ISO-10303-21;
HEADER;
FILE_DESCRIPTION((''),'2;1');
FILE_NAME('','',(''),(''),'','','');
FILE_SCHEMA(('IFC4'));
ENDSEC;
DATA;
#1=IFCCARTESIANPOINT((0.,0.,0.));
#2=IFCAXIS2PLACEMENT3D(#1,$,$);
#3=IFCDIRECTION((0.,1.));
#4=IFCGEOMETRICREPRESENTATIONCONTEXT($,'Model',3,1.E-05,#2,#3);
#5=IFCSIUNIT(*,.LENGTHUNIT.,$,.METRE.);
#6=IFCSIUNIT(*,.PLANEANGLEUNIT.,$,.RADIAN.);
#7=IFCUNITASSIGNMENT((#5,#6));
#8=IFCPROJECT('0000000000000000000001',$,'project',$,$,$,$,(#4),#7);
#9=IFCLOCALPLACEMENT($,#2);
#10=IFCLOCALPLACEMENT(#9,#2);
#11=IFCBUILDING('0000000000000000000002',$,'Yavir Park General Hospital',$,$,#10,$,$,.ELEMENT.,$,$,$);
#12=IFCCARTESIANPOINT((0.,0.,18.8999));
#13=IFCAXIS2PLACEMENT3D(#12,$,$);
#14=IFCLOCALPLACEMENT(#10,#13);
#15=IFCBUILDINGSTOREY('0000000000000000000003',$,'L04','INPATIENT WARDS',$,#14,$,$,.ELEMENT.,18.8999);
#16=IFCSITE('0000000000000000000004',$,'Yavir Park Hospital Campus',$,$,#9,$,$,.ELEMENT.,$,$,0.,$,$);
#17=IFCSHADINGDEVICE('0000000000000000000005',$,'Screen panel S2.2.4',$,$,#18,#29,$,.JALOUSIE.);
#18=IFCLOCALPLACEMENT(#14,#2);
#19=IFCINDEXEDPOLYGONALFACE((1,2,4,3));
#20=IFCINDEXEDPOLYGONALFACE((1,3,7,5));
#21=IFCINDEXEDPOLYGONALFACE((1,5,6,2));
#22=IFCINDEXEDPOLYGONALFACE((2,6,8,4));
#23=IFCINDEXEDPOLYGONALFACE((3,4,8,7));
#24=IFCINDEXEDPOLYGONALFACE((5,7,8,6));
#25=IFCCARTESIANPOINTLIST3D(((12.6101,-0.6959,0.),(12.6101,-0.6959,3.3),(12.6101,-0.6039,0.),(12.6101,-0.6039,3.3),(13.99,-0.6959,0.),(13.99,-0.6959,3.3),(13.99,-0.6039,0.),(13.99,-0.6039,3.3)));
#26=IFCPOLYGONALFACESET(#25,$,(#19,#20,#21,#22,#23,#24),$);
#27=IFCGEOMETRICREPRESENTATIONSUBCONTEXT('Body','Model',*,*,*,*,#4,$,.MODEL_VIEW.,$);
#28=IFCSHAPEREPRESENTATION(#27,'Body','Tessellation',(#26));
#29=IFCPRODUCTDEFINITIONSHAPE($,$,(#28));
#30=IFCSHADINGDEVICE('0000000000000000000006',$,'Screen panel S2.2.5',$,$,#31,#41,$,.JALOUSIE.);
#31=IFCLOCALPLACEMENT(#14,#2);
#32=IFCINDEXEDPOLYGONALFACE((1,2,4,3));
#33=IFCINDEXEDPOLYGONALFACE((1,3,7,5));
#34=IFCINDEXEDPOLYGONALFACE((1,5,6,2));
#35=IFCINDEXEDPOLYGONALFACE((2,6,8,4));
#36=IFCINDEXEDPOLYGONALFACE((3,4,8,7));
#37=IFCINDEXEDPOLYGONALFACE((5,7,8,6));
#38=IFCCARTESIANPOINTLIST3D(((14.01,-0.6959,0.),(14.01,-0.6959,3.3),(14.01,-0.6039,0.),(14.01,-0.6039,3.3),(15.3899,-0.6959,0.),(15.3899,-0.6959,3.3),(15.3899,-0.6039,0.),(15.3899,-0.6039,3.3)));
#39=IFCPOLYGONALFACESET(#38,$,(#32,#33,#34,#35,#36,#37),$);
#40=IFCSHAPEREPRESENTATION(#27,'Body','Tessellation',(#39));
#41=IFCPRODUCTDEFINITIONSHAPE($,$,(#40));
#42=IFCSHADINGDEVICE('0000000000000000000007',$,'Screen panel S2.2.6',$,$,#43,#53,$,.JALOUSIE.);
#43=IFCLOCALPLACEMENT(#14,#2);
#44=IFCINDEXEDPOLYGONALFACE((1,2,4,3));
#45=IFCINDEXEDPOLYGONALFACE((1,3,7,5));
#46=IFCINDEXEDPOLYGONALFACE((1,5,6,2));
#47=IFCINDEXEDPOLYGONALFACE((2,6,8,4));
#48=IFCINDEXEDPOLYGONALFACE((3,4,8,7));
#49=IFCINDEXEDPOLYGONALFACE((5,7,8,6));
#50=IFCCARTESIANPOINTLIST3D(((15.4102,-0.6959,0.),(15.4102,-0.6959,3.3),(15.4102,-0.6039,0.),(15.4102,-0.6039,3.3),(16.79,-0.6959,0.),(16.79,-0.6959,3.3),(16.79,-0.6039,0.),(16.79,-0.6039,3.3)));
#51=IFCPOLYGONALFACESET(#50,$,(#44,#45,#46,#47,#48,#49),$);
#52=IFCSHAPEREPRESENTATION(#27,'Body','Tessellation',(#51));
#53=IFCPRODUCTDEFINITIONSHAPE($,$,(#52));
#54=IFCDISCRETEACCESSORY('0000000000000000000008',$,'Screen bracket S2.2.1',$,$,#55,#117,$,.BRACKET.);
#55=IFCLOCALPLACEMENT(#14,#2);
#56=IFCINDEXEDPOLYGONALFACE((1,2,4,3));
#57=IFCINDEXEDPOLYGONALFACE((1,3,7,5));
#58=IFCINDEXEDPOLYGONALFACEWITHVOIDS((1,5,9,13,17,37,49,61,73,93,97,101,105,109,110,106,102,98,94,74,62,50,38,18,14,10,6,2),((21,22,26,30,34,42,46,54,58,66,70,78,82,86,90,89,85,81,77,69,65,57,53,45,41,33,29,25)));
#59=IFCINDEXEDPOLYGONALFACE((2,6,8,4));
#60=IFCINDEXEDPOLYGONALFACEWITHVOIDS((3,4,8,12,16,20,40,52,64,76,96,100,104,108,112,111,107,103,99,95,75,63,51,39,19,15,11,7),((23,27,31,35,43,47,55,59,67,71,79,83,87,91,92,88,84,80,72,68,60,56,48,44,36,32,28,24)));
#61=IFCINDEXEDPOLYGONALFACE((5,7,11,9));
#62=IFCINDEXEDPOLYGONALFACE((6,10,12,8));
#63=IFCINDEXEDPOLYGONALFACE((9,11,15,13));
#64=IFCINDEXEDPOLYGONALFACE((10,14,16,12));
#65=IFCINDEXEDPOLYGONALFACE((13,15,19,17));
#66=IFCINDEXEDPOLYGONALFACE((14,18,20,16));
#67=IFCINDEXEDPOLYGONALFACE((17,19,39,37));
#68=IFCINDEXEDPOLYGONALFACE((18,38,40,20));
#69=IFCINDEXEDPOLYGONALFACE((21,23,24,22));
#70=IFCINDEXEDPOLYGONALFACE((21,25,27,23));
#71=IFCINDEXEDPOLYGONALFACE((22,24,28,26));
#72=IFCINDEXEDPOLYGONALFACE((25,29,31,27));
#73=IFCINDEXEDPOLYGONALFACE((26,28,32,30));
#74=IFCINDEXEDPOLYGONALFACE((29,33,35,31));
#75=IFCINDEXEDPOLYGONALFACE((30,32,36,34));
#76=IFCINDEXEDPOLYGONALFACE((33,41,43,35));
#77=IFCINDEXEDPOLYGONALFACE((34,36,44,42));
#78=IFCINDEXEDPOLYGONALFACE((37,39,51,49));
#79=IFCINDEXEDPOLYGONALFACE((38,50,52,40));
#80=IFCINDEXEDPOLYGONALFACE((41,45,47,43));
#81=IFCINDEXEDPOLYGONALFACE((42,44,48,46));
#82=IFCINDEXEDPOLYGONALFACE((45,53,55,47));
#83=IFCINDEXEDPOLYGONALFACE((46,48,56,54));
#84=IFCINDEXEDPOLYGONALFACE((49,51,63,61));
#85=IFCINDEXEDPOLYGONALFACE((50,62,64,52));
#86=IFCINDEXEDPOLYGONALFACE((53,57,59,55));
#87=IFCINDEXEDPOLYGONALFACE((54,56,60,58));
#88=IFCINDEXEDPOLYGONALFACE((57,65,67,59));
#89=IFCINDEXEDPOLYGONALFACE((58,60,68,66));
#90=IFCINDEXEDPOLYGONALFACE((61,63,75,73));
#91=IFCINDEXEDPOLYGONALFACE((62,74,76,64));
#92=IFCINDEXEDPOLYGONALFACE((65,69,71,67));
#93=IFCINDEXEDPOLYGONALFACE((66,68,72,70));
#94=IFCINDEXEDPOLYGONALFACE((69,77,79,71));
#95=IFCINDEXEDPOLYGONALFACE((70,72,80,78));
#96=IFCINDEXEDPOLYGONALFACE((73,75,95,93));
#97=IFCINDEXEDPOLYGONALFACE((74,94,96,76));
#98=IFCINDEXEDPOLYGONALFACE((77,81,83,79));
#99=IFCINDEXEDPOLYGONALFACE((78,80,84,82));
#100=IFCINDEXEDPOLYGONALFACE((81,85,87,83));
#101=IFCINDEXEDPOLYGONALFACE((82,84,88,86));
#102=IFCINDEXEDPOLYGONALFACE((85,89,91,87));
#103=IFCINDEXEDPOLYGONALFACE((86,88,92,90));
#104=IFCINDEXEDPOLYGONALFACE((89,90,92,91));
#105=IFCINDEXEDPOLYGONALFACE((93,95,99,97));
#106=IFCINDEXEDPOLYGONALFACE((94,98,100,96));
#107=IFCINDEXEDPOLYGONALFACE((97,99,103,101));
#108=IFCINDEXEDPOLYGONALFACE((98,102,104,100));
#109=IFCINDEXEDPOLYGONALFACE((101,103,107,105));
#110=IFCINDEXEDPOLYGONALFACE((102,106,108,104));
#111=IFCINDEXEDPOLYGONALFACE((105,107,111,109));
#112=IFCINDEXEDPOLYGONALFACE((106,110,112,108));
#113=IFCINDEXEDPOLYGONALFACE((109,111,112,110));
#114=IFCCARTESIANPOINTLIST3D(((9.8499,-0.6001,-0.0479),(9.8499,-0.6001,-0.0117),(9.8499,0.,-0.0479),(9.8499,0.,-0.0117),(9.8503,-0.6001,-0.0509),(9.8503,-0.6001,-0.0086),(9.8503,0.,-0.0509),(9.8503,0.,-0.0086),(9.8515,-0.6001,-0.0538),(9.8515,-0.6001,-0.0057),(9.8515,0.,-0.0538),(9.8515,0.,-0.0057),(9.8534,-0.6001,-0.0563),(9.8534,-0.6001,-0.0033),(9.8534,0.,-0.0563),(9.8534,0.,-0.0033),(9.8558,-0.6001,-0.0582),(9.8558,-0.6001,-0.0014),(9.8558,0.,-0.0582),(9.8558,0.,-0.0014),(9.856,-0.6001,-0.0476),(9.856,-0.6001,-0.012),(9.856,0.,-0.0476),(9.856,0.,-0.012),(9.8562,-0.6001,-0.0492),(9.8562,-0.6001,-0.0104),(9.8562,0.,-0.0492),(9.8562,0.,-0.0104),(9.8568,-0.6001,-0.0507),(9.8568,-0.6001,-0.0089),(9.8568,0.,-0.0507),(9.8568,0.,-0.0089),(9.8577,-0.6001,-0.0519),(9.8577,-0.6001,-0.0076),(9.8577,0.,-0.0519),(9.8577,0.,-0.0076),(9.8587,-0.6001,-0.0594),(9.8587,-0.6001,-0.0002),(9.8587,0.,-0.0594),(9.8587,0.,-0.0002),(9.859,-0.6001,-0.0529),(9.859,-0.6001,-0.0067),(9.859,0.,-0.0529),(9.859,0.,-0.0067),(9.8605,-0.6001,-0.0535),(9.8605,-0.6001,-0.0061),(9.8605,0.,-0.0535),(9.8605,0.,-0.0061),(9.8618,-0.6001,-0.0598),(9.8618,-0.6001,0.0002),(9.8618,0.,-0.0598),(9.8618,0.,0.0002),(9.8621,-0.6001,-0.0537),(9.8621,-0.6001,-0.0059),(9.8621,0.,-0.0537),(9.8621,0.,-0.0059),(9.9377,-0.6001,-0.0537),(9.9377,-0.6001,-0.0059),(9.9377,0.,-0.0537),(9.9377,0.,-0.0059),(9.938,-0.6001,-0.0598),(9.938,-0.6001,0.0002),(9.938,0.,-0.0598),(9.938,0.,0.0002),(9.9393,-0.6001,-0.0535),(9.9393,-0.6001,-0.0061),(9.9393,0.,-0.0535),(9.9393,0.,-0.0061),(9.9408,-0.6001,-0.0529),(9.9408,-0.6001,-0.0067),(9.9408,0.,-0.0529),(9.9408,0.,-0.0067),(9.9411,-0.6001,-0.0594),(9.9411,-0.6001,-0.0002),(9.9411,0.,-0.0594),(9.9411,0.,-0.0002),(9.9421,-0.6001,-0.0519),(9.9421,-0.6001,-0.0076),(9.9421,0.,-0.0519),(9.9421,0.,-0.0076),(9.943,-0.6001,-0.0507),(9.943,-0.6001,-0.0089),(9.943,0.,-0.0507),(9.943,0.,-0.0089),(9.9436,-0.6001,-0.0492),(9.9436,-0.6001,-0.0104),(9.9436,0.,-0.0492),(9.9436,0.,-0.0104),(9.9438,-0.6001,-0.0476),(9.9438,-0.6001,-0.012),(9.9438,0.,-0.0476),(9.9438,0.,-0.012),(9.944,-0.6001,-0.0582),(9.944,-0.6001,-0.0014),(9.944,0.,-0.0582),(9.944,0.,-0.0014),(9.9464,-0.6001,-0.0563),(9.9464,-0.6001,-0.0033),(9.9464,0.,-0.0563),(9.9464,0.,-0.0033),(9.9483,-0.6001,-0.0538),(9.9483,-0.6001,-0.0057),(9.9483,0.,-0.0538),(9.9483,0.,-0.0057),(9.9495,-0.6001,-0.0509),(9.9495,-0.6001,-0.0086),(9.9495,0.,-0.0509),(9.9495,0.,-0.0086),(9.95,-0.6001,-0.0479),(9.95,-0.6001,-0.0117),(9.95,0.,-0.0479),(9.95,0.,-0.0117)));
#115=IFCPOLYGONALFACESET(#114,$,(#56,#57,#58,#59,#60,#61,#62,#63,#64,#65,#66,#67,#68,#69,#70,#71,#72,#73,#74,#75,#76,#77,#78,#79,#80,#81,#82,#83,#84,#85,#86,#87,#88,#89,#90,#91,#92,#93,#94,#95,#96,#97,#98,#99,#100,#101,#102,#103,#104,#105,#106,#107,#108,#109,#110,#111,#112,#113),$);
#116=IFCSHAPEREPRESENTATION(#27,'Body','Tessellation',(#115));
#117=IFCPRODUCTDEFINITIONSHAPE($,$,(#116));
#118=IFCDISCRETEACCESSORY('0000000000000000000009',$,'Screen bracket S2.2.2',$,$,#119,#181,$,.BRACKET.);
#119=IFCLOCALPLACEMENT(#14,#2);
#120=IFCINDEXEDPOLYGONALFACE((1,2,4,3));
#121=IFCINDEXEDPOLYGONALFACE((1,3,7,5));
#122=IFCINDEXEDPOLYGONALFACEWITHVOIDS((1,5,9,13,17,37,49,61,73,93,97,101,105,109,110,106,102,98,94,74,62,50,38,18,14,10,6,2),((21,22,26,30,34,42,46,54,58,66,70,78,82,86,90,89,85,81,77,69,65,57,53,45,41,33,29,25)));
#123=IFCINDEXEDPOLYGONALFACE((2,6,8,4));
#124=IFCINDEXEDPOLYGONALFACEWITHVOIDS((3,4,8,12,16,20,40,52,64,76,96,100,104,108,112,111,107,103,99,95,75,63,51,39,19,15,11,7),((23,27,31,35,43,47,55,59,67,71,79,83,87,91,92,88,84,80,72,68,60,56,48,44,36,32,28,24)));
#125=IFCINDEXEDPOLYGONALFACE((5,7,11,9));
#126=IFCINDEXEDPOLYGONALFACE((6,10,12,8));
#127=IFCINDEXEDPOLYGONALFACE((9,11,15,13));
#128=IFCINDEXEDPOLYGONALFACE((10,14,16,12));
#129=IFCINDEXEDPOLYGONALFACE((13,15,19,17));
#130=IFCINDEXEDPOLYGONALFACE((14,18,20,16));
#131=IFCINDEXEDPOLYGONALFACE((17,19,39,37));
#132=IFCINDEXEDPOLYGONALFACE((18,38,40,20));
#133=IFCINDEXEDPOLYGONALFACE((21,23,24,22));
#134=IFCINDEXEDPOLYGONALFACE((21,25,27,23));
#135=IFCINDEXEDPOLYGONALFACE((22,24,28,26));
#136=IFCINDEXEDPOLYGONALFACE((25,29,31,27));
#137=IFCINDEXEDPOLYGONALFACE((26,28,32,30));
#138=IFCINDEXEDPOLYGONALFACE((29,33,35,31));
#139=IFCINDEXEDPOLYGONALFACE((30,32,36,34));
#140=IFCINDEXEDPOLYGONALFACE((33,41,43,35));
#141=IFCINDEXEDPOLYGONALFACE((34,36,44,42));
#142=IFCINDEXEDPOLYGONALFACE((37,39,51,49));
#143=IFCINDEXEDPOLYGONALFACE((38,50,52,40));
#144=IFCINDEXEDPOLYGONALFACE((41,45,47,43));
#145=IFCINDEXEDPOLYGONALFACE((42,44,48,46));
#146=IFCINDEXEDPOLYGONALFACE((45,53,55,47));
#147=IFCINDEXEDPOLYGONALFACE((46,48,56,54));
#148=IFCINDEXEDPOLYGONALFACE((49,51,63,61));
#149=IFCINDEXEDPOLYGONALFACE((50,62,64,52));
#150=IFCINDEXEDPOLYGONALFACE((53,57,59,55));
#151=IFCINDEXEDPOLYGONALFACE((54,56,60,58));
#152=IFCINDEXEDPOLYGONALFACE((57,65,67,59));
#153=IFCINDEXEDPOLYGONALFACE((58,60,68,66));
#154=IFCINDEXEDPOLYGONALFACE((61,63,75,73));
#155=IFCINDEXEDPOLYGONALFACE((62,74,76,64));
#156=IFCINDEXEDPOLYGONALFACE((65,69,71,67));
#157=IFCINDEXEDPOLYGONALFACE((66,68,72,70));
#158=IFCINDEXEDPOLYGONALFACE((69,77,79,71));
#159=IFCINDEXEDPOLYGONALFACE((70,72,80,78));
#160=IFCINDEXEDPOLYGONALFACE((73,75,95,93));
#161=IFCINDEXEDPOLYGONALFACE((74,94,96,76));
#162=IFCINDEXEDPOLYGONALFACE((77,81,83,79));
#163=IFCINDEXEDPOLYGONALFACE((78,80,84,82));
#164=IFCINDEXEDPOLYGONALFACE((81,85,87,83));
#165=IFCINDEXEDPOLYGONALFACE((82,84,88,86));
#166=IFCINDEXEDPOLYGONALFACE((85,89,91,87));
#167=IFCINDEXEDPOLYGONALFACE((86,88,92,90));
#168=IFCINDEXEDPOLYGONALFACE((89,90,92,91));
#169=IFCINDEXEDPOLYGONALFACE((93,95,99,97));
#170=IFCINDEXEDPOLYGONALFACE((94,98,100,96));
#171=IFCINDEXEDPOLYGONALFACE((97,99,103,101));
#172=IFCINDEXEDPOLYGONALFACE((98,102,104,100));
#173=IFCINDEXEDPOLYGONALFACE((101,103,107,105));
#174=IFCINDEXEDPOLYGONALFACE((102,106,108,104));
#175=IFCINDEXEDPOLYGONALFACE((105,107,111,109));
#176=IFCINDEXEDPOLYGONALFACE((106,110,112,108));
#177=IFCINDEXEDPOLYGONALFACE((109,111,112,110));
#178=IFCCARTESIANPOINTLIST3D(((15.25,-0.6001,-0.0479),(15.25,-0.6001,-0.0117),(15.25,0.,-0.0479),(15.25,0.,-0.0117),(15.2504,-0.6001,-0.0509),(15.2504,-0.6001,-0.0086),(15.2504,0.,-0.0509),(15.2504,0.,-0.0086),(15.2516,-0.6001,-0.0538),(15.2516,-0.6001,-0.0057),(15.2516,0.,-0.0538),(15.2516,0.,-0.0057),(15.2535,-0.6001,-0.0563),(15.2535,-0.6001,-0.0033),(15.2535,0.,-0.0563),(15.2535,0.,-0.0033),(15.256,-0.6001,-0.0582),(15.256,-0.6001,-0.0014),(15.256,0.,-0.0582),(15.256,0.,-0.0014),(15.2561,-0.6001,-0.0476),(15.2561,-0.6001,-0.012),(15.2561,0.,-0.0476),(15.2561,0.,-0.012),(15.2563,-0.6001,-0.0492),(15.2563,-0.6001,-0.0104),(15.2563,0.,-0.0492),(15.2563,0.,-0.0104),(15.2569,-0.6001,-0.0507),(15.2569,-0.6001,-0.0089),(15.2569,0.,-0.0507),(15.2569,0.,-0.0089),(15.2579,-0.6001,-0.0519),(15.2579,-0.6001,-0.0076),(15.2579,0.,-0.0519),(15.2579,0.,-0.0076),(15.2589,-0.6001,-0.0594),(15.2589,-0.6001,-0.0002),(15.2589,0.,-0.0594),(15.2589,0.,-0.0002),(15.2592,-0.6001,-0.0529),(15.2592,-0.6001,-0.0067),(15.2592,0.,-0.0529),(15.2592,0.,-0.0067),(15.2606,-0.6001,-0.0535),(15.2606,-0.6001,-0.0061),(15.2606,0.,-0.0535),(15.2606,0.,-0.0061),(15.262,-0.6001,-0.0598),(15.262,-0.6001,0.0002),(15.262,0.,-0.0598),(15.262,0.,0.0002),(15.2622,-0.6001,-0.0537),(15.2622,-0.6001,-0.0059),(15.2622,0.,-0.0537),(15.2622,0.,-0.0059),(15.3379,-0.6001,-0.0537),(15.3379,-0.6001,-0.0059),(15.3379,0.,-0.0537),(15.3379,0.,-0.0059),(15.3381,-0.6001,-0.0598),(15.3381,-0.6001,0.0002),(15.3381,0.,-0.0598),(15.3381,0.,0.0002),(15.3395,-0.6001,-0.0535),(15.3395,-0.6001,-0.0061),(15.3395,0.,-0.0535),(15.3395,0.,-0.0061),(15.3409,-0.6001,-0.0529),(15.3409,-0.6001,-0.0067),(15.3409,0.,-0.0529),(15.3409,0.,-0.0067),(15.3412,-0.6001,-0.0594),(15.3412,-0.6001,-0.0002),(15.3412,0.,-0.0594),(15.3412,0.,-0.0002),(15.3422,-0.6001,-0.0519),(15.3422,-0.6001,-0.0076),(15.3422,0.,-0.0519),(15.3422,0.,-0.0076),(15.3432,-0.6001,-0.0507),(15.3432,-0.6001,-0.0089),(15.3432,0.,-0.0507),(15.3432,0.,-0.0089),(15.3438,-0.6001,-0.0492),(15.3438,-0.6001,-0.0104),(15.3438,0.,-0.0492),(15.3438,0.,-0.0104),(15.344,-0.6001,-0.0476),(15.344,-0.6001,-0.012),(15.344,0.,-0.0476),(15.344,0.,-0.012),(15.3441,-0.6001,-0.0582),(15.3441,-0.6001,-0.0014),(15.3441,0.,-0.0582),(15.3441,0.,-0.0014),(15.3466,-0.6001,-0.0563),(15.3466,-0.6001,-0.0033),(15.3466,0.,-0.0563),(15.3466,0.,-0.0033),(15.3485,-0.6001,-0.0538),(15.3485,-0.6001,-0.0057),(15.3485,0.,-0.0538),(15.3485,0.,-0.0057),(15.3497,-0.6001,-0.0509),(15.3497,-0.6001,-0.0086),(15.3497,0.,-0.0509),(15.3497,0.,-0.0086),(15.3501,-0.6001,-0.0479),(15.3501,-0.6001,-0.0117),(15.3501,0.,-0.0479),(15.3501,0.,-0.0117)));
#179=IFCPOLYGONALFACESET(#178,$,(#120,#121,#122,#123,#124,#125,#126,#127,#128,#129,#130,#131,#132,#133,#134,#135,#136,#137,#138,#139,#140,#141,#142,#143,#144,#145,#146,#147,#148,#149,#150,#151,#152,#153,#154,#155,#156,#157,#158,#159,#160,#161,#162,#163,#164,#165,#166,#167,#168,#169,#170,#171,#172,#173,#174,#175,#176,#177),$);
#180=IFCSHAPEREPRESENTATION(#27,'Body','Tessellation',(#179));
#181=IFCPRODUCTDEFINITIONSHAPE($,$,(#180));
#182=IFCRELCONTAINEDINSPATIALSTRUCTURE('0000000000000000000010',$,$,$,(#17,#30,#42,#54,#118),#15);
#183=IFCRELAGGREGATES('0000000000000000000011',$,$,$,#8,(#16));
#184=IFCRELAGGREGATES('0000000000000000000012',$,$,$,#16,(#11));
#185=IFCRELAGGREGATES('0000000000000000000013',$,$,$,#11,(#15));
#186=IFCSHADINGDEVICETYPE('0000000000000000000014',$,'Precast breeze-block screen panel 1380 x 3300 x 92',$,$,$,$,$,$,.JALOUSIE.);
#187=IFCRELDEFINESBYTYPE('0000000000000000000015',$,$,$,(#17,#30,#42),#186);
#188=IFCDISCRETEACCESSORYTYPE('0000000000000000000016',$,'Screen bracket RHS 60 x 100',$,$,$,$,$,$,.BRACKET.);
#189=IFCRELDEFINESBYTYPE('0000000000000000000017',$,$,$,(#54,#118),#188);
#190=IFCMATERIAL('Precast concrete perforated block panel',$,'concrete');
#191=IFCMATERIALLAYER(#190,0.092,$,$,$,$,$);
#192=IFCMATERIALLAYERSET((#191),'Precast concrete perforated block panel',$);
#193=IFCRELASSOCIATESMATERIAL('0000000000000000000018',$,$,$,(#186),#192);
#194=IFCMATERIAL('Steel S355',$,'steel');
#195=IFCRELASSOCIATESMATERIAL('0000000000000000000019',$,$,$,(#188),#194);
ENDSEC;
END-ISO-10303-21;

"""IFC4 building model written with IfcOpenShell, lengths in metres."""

from ifc_helpers import new_model, si_unit, direction, frame, origin, origin_2d, place, context, subcontext, project, spatial, rectangle, hollow_rectangle, extrude, material, layer, layer_set, material_profile, profile_set, type_object, element, save


model = new_model("IFC4")

# Units and contexts
model_context = context("Model", 3, precision=1e-05, world=origin(), true_north=direction((0.0, 1.0)))
body_context = subcontext(model_context, "Body", "Model", "MODEL_VIEW")
ifc_project = project(units=[si_unit("LENGTHUNIT", "METRE"), si_unit("PLANEANGLEUNIT", "RADIAN")], contexts=[model_context])

# Site, building, storey
site_placement = place(None, origin())
site = spatial("IfcSite", under=ifc_project, at=site_placement, Name="Yavir Park Hospital Campus", CompositionType="ELEMENT", RefElevation=0.0)
building_placement = place(site_placement, origin())
building = spatial("IfcBuilding", under=site, at=building_placement, Name="Yavir Park General Hospital", CompositionType="ELEMENT")
storey_placement = place(building_placement, frame((0.0, 0.0, 18.8999)))
storey = spatial("IfcBuildingStorey", under=building, at=storey_placement, Name="L04", Description="INPATIENT WARDS", CompositionType="ELEMENT", Elevation=18.8999)

# Shading devices
ifc_material_1 = material(Name="Precast concrete perforated block panel", Category="concrete")
ifc_layer_1 = layer(ifc_material_1, 0.092)
ifc_layer_set_1 = layer_set([ifc_layer_1], Name="Precast concrete perforated block panel")
shading_device_type = type_object("IfcShadingDeviceType", Name="Precast breeze-block screen panel 1380 x 3300 x 92", PredefinedType="JALOUSIE", material=ifc_layer_set_1)
for number, where, z_axis, x_axis, name in (
    (1, (13.3, -0.6499, 0.0), (0.0, 0.0, 1.0), (1.0, 0.0, 0.0), "Screen panel S2.2.4"),
    (2, (14.7, -0.6499, 0.0), (0.0, 0.0, 1.0), (1.0, 0.0, 0.0), "Screen panel S2.2.5"),
    (3, (16.1001, -0.6499, 0.0), (0.0, 0.0, 1.0), (1.0, 0.0, 0.0), "Screen panel S2.2.6"),
):
    element("IfcShadingDevice", number, at=place(storey_placement, frame(where, z_axis=z_axis, x_axis=x_axis)), inside=storey, type_object=shading_device_type, Name=name, PredefinedType="JALOUSIE", context=body_context, shape_type="SweptSolid", body=[
        extrude(rectangle(XDim=1.3799, YDim=0.092, at=origin_2d()), origin(), (0.0, 0.0, 1.0), 3.3),
    ])

# Discrete accessories
ifc_material_2 = material(Name="Steel S355", Category="steel")
ifc_material_profile_1 = material_profile(ifc_material_2, hollow_rectangle(XDim=0.1001, YDim=0.0601, WallThickness=0.0061, InnerFilletRadius=0.0061, OuterFilletRadius=0.012, at=origin_2d()), Name="RHS60x100x6")
ifc_profile_set_1 = profile_set([ifc_material_profile_1], Name="Steel S355")
discrete_accessory_type_1 = type_object("IfcDiscreteAccessoryType", Name="Screen bracket RHS 60 x 100", PredefinedType="BRACKET", material=ifc_profile_set_1)
for number, where, z_axis, x_axis, name in (
    (4, (9.8999, 0.0, -0.0298), (0.0, -1.0, 0.0), (1.0, 0.0, 0.0), "Screen bracket S2.2.1"),
    (5, (15.3, 0.0, -0.0298), (0.0, -1.0, 0.0), (1.0, 0.0, 0.0), "Screen bracket S2.2.2"),
):
    element("IfcDiscreteAccessory", number, at=place(storey_placement, frame(where, z_axis=z_axis, x_axis=x_axis)), inside=storey, type_object=discrete_accessory_type_1, Name=name, PredefinedType="BRACKET", context=body_context, shape_type="SweptSolid", body=[
        extrude(hollow_rectangle(XDim=0.1001, YDim=0.0601, WallThickness=0.0061, InnerFilletRadius=0.0061, OuterFilletRadius=0.012, at=origin_2d()), origin(), (0.0, 0.0, 1.0), 0.6001),
    ])

save(model, "model.ifc")
